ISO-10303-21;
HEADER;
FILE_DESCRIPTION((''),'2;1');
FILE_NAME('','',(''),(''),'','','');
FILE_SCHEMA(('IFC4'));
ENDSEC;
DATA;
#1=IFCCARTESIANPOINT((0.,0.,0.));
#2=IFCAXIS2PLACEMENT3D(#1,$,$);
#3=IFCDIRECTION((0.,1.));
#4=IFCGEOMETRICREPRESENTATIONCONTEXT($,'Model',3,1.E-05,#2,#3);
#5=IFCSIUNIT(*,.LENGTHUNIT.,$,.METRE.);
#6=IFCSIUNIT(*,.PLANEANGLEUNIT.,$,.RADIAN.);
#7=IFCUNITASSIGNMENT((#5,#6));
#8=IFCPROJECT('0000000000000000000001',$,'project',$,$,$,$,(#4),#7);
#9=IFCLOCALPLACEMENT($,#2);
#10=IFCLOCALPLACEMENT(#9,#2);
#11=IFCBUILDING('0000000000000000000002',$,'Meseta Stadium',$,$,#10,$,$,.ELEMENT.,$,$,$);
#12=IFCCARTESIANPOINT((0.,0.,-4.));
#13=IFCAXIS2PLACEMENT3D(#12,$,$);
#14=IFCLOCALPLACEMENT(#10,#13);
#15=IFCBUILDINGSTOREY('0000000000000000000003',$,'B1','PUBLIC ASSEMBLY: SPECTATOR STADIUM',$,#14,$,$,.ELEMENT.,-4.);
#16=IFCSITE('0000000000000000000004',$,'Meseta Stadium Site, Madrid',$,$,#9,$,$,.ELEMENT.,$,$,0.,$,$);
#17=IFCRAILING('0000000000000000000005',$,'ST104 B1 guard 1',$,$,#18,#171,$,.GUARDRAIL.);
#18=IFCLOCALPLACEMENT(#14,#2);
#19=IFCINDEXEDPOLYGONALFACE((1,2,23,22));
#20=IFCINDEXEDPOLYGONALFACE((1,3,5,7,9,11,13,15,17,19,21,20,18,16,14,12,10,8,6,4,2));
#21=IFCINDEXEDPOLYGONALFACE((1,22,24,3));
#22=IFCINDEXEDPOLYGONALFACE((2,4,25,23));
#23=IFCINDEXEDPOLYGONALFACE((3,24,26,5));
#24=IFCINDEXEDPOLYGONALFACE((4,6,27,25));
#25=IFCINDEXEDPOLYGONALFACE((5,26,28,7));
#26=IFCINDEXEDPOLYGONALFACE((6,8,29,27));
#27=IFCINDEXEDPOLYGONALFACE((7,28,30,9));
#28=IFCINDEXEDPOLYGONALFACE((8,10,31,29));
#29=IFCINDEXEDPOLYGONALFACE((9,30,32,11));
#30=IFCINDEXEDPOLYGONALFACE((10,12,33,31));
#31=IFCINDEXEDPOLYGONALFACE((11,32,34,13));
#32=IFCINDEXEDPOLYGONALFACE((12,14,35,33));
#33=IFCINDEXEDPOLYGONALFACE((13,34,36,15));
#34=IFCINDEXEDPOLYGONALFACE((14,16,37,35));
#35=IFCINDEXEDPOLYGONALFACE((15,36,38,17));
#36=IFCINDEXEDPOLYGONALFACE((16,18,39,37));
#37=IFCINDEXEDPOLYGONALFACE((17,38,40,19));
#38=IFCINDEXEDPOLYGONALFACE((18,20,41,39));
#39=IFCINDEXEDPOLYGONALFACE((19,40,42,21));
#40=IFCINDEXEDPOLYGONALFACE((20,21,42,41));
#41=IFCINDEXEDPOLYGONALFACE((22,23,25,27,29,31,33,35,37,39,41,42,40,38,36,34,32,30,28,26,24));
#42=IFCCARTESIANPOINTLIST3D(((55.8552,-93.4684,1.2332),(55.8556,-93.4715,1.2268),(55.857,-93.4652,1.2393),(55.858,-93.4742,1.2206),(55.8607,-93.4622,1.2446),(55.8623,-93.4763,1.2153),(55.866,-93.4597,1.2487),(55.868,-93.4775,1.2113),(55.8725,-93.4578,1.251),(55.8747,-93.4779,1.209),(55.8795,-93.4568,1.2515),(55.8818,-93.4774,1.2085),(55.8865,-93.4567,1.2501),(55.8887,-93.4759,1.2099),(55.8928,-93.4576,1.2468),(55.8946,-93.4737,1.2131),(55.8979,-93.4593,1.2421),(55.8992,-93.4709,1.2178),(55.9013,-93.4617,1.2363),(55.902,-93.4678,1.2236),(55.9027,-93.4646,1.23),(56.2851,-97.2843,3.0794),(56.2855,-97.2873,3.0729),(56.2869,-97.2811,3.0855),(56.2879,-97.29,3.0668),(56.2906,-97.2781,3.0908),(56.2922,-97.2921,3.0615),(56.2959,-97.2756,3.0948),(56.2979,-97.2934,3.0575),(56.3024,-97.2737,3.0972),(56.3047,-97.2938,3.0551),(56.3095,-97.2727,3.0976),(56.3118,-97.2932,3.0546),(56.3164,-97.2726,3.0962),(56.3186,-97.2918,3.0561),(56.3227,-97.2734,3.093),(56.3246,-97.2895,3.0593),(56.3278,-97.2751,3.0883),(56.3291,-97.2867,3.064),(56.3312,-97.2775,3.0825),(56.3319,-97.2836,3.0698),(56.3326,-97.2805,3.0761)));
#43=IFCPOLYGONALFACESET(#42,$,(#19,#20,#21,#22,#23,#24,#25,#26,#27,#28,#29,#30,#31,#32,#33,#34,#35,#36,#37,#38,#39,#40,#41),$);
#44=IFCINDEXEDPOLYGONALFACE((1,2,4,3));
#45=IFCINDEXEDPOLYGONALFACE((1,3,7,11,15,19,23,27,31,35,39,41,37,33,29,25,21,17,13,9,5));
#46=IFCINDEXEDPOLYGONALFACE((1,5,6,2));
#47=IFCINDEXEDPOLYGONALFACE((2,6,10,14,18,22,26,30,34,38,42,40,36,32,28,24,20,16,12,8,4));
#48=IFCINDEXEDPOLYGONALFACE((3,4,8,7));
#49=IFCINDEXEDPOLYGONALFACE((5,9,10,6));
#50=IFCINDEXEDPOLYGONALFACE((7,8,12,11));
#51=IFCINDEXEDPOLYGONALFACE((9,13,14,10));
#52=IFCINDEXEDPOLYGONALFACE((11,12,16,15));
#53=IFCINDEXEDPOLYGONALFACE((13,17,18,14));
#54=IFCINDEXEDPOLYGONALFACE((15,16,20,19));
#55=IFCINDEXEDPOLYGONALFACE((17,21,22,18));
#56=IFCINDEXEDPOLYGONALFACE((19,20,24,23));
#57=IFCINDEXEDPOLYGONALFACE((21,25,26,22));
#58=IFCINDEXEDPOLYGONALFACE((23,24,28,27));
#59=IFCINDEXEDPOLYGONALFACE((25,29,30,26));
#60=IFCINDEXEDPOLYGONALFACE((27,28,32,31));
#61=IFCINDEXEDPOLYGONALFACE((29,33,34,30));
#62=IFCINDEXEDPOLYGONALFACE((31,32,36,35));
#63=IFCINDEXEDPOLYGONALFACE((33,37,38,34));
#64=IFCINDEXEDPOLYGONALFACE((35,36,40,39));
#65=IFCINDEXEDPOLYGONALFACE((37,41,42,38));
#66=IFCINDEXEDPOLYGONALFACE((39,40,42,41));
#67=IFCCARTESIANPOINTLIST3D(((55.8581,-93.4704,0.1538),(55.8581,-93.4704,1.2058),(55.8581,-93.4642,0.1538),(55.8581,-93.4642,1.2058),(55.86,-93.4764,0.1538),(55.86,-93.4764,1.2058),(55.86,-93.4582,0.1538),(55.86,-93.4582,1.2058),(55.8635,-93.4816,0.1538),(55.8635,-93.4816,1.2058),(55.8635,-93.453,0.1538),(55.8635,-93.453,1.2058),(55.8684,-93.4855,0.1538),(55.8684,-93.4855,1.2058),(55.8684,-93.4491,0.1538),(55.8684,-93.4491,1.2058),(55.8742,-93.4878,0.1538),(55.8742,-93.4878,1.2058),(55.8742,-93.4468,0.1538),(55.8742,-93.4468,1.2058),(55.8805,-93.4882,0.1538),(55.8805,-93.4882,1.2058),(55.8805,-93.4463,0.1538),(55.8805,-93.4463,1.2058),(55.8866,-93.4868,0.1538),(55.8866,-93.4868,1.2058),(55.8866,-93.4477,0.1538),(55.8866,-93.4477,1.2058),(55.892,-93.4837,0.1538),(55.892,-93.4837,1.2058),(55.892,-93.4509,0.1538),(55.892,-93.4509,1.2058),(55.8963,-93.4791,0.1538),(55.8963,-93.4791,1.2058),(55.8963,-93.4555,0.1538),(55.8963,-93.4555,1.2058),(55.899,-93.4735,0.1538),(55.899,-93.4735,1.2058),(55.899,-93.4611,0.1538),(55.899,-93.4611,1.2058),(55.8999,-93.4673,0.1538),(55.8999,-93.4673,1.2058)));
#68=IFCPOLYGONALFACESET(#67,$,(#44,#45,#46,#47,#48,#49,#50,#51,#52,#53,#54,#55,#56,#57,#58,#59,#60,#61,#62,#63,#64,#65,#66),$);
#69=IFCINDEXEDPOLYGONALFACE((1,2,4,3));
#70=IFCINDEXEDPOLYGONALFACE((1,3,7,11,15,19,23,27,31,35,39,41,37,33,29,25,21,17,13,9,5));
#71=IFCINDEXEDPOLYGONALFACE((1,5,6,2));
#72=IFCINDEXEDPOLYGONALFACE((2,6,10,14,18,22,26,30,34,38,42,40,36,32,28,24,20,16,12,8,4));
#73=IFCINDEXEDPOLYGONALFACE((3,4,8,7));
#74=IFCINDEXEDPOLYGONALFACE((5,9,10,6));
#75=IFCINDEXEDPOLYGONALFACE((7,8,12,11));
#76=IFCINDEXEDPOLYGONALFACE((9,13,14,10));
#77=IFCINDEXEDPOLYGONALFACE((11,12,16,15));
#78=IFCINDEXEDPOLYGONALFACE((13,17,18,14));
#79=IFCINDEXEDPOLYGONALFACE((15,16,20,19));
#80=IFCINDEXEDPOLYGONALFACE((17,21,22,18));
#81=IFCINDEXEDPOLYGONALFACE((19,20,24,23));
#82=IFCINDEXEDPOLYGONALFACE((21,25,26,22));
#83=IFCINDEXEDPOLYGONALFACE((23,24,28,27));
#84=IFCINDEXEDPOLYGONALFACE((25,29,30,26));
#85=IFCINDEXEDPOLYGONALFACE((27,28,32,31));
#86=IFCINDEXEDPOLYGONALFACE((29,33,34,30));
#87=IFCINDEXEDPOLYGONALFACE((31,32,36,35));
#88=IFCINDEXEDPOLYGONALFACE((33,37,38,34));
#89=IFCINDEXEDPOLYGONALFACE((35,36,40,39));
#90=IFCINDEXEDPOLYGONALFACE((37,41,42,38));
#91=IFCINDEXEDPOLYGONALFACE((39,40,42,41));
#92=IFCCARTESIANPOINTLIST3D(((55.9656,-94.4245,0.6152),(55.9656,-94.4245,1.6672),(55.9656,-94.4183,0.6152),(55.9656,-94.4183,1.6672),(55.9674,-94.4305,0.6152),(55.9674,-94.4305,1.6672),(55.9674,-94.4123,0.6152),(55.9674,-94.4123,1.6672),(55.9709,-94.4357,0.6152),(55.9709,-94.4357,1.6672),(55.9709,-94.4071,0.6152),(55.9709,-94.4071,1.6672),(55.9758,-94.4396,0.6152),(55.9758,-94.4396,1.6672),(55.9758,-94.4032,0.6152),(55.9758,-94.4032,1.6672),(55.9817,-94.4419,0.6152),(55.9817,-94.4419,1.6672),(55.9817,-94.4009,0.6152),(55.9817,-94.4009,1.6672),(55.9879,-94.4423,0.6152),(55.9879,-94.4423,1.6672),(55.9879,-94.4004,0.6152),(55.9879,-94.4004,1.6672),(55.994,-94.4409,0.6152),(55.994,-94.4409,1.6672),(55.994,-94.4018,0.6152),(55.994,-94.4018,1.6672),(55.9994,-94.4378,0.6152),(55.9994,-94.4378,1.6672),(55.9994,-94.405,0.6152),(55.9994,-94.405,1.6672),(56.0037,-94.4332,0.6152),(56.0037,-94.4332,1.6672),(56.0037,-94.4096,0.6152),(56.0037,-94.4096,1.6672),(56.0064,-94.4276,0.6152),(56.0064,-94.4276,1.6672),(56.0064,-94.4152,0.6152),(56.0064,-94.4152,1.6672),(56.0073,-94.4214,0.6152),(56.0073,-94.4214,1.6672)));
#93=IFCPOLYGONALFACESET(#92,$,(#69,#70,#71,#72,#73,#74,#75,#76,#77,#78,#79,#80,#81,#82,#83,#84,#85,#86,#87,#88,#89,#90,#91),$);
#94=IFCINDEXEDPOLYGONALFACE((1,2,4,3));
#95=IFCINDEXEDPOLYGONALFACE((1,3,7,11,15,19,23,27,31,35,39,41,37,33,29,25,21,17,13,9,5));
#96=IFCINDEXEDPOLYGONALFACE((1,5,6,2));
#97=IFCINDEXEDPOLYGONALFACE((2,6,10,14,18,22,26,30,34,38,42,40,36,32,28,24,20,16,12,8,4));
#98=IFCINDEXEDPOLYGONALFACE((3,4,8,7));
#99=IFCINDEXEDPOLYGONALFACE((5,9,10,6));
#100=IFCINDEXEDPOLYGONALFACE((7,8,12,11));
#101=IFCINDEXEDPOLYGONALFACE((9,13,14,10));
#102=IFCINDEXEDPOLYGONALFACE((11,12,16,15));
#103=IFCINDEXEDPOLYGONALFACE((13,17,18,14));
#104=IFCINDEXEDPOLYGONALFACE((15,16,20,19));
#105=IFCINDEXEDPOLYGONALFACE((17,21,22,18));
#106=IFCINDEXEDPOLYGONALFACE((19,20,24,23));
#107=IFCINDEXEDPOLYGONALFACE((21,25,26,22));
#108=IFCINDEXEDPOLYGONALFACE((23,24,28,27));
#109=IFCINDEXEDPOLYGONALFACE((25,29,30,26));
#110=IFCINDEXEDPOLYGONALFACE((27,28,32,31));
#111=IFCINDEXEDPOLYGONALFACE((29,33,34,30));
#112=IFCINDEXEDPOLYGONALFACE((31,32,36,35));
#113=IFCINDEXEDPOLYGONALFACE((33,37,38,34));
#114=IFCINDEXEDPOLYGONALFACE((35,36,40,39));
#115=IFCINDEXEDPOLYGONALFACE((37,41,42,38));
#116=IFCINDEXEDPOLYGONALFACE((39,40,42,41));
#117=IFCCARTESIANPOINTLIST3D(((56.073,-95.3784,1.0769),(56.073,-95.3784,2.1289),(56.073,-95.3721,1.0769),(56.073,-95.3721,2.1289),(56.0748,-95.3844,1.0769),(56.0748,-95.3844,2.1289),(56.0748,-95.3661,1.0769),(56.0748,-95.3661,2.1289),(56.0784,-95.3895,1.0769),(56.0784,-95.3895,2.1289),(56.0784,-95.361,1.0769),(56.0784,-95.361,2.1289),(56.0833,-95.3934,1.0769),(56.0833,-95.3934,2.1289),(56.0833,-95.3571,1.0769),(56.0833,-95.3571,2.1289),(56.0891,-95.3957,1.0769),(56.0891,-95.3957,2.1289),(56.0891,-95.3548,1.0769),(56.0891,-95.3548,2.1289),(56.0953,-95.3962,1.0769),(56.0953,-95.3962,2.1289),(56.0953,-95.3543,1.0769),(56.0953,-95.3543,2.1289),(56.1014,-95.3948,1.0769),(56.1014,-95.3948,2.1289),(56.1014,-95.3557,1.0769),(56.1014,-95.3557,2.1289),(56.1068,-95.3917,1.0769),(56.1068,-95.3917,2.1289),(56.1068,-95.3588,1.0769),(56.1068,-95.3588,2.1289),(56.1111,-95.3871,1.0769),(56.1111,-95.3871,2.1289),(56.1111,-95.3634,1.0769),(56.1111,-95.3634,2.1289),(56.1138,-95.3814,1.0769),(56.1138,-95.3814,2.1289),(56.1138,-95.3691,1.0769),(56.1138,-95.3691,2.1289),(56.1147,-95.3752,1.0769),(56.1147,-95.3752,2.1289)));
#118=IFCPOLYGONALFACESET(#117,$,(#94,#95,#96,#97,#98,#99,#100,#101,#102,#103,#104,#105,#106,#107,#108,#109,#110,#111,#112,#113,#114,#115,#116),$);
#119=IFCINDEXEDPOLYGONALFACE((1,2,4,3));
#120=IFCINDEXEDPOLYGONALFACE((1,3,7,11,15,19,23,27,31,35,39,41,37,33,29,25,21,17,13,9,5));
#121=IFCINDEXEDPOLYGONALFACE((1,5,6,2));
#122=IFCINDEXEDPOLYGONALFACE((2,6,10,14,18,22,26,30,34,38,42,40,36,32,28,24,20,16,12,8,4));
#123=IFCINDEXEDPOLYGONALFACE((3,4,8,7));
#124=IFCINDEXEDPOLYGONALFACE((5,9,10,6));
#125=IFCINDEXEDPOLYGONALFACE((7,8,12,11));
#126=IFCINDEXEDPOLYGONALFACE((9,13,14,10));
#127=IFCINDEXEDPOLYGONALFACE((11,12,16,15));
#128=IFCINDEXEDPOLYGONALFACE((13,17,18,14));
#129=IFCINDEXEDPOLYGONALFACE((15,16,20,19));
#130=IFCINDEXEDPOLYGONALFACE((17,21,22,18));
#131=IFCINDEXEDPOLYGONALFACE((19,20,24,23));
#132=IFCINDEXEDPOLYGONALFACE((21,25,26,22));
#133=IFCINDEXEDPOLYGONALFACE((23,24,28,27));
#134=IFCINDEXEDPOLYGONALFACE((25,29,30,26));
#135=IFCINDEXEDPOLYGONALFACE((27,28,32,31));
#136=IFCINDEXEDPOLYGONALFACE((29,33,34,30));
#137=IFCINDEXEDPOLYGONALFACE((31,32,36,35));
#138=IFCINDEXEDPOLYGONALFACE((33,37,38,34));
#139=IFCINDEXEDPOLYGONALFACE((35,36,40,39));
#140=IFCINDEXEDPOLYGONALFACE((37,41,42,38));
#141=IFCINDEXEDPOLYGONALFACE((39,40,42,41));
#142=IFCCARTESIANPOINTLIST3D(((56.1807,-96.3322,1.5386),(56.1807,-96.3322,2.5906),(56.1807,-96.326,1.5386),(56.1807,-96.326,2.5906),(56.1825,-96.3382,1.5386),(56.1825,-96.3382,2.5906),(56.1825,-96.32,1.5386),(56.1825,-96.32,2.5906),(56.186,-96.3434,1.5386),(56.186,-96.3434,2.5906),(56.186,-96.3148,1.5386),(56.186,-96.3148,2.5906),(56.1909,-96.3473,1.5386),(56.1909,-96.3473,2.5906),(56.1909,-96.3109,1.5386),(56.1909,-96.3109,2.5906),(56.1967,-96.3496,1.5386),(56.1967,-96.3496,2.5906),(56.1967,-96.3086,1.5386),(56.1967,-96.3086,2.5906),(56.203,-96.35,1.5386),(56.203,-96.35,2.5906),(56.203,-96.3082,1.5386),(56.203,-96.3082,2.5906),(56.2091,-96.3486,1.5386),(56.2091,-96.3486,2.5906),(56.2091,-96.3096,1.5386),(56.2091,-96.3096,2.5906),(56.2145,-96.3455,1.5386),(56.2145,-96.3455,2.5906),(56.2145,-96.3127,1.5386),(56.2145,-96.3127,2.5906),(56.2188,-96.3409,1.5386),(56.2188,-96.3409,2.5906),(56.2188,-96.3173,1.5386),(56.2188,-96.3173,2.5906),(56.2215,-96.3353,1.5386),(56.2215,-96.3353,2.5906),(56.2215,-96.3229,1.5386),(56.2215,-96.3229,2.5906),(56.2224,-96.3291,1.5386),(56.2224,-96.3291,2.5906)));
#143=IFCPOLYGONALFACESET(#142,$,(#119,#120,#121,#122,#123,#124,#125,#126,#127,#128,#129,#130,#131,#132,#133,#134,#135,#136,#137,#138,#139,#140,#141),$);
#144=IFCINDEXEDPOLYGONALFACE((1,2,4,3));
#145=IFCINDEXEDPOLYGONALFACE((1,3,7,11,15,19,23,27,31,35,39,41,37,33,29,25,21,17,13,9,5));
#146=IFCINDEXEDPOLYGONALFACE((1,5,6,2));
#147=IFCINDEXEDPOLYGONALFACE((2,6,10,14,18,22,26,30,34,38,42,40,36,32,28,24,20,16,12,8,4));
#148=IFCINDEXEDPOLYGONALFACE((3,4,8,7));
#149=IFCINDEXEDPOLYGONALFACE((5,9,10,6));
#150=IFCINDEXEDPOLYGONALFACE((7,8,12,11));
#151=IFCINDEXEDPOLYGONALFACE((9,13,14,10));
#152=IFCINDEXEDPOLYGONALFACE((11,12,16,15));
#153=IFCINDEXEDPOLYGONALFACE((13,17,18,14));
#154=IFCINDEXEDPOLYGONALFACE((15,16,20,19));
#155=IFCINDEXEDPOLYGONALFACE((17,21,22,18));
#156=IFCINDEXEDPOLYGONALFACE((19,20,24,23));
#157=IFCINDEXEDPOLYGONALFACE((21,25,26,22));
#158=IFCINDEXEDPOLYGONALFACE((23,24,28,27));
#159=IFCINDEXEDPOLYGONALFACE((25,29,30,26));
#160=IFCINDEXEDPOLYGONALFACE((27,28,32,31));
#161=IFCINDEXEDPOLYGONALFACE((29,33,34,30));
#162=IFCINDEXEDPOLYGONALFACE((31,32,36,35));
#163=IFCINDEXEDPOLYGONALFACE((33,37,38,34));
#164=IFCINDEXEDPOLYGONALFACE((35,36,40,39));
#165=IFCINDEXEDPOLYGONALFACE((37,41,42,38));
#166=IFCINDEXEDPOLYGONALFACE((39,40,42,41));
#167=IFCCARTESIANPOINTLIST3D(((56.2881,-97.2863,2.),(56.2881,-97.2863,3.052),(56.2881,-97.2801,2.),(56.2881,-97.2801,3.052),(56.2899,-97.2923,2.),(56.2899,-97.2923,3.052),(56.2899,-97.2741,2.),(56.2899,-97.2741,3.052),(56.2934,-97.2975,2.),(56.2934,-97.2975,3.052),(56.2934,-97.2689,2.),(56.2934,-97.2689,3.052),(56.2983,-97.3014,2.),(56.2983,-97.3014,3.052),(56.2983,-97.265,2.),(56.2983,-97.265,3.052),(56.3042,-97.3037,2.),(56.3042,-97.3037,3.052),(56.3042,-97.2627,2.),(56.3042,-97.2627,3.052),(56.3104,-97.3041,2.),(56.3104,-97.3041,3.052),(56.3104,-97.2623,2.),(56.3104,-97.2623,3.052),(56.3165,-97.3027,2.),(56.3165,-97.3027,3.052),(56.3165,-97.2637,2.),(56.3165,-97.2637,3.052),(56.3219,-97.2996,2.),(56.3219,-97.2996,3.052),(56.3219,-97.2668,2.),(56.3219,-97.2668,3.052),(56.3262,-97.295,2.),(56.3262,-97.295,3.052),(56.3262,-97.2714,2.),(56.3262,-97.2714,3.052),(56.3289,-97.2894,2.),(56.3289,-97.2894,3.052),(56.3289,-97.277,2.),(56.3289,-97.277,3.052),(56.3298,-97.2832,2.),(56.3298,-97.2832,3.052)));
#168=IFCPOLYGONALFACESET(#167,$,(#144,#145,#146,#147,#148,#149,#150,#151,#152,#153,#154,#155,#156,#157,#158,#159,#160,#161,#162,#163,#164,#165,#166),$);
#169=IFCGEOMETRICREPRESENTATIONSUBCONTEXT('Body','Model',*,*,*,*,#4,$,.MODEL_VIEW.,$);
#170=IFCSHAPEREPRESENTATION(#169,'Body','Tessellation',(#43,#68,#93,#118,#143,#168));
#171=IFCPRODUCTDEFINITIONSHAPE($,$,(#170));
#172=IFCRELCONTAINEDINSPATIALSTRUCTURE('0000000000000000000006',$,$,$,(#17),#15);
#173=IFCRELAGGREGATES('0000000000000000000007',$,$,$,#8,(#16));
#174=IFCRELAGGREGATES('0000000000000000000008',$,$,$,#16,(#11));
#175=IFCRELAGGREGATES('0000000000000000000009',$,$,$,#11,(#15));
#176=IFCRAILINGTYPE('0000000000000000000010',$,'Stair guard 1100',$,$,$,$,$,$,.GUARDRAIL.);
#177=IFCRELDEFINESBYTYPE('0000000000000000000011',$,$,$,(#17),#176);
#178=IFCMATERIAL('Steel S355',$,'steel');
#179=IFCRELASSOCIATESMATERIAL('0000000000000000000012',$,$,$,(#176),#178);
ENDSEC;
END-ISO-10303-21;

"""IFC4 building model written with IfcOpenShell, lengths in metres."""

from ifc_helpers import new_model, si_unit, direction, frame, origin, origin_2d, place, context, subcontext, project, spatial, circle, extrude, material, type_object, element, save


model = new_model("IFC4")

# Units and contexts
model_context = context("Model", 3, precision=1e-05, world=origin(), true_north=direction((0.0, 1.0)))
body_context = subcontext(model_context, "Body", "Model", "MODEL_VIEW")
ifc_project = project(units=[si_unit("LENGTHUNIT", "METRE"), si_unit("PLANEANGLEUNIT", "RADIAN")], contexts=[model_context])

# Site, building, storey
site_placement = place(None, origin())
site = spatial("IfcSite", under=ifc_project, at=site_placement, Name="Meseta Stadium Site, Madrid", CompositionType="ELEMENT", RefElevation=0.0)
building_placement = place(site_placement, origin())
building = spatial("IfcBuilding", under=site, at=building_placement, Name="Meseta Stadium", CompositionType="ELEMENT")
storey_placement = place(building_placement, frame((0.0, 0.0, -4.0)))
storey = spatial("IfcBuildingStorey", under=building, at=storey_placement, Name="B1", Description="PUBLIC ASSEMBLY: SPECTATOR STADIUM", CompositionType="ELEMENT", Elevation=-4.0)

# Railing
ifc_material_1 = material(Name="Steel S355", Category="steel")
railing_type_1 = type_object("IfcRailingType", Name="Stair guard 1100", PredefinedType="GUARDRAIL", material=ifc_material_1)
railing_1_placement = place(storey_placement, frame((55.8789, -93.4673, 0.1538)))
element("IfcRailing", 1, at=railing_1_placement, inside=storey, type_object=railing_type_1, Name="ST104 B1 guard 1", PredefinedType="GUARDRAIL", context=body_context, shape_type="SweptSolid", body=[
    extrude(circle(Radius=0.0239, at=origin_2d()), frame((0.0, 0.0, 1.0762), z_axis=(0.100904, -0.895585, 0.433296), x_axis=(0.993713, 0.11196, 0.0)), (0.0, 0.0, 1.0), 4.2607),
    extrude(circle(Radius=0.021, at=origin_2d()), origin(), (0.0, 0.0, 1.0), 1.052),
    extrude(circle(Radius=0.021, at=origin_2d()), frame((0.1074, -0.9541, 0.4614)), (0.0, 0.0, 1.0), 1.052),
    extrude(circle(Radius=0.021, at=origin_2d()), frame((0.2148, -1.908, 0.9231)), (0.0, 0.0, 1.0), 1.052),
    extrude(circle(Radius=0.021, at=origin_2d()), frame((0.3225, -2.8618, 1.3848)), (0.0, 0.0, 1.0), 1.052),
    extrude(circle(Radius=0.021, at=origin_2d()), frame((0.4299, -3.8159, 1.8462)), (0.0, 0.0, 1.0), 1.052),
])

save(model, "model.ifc")
